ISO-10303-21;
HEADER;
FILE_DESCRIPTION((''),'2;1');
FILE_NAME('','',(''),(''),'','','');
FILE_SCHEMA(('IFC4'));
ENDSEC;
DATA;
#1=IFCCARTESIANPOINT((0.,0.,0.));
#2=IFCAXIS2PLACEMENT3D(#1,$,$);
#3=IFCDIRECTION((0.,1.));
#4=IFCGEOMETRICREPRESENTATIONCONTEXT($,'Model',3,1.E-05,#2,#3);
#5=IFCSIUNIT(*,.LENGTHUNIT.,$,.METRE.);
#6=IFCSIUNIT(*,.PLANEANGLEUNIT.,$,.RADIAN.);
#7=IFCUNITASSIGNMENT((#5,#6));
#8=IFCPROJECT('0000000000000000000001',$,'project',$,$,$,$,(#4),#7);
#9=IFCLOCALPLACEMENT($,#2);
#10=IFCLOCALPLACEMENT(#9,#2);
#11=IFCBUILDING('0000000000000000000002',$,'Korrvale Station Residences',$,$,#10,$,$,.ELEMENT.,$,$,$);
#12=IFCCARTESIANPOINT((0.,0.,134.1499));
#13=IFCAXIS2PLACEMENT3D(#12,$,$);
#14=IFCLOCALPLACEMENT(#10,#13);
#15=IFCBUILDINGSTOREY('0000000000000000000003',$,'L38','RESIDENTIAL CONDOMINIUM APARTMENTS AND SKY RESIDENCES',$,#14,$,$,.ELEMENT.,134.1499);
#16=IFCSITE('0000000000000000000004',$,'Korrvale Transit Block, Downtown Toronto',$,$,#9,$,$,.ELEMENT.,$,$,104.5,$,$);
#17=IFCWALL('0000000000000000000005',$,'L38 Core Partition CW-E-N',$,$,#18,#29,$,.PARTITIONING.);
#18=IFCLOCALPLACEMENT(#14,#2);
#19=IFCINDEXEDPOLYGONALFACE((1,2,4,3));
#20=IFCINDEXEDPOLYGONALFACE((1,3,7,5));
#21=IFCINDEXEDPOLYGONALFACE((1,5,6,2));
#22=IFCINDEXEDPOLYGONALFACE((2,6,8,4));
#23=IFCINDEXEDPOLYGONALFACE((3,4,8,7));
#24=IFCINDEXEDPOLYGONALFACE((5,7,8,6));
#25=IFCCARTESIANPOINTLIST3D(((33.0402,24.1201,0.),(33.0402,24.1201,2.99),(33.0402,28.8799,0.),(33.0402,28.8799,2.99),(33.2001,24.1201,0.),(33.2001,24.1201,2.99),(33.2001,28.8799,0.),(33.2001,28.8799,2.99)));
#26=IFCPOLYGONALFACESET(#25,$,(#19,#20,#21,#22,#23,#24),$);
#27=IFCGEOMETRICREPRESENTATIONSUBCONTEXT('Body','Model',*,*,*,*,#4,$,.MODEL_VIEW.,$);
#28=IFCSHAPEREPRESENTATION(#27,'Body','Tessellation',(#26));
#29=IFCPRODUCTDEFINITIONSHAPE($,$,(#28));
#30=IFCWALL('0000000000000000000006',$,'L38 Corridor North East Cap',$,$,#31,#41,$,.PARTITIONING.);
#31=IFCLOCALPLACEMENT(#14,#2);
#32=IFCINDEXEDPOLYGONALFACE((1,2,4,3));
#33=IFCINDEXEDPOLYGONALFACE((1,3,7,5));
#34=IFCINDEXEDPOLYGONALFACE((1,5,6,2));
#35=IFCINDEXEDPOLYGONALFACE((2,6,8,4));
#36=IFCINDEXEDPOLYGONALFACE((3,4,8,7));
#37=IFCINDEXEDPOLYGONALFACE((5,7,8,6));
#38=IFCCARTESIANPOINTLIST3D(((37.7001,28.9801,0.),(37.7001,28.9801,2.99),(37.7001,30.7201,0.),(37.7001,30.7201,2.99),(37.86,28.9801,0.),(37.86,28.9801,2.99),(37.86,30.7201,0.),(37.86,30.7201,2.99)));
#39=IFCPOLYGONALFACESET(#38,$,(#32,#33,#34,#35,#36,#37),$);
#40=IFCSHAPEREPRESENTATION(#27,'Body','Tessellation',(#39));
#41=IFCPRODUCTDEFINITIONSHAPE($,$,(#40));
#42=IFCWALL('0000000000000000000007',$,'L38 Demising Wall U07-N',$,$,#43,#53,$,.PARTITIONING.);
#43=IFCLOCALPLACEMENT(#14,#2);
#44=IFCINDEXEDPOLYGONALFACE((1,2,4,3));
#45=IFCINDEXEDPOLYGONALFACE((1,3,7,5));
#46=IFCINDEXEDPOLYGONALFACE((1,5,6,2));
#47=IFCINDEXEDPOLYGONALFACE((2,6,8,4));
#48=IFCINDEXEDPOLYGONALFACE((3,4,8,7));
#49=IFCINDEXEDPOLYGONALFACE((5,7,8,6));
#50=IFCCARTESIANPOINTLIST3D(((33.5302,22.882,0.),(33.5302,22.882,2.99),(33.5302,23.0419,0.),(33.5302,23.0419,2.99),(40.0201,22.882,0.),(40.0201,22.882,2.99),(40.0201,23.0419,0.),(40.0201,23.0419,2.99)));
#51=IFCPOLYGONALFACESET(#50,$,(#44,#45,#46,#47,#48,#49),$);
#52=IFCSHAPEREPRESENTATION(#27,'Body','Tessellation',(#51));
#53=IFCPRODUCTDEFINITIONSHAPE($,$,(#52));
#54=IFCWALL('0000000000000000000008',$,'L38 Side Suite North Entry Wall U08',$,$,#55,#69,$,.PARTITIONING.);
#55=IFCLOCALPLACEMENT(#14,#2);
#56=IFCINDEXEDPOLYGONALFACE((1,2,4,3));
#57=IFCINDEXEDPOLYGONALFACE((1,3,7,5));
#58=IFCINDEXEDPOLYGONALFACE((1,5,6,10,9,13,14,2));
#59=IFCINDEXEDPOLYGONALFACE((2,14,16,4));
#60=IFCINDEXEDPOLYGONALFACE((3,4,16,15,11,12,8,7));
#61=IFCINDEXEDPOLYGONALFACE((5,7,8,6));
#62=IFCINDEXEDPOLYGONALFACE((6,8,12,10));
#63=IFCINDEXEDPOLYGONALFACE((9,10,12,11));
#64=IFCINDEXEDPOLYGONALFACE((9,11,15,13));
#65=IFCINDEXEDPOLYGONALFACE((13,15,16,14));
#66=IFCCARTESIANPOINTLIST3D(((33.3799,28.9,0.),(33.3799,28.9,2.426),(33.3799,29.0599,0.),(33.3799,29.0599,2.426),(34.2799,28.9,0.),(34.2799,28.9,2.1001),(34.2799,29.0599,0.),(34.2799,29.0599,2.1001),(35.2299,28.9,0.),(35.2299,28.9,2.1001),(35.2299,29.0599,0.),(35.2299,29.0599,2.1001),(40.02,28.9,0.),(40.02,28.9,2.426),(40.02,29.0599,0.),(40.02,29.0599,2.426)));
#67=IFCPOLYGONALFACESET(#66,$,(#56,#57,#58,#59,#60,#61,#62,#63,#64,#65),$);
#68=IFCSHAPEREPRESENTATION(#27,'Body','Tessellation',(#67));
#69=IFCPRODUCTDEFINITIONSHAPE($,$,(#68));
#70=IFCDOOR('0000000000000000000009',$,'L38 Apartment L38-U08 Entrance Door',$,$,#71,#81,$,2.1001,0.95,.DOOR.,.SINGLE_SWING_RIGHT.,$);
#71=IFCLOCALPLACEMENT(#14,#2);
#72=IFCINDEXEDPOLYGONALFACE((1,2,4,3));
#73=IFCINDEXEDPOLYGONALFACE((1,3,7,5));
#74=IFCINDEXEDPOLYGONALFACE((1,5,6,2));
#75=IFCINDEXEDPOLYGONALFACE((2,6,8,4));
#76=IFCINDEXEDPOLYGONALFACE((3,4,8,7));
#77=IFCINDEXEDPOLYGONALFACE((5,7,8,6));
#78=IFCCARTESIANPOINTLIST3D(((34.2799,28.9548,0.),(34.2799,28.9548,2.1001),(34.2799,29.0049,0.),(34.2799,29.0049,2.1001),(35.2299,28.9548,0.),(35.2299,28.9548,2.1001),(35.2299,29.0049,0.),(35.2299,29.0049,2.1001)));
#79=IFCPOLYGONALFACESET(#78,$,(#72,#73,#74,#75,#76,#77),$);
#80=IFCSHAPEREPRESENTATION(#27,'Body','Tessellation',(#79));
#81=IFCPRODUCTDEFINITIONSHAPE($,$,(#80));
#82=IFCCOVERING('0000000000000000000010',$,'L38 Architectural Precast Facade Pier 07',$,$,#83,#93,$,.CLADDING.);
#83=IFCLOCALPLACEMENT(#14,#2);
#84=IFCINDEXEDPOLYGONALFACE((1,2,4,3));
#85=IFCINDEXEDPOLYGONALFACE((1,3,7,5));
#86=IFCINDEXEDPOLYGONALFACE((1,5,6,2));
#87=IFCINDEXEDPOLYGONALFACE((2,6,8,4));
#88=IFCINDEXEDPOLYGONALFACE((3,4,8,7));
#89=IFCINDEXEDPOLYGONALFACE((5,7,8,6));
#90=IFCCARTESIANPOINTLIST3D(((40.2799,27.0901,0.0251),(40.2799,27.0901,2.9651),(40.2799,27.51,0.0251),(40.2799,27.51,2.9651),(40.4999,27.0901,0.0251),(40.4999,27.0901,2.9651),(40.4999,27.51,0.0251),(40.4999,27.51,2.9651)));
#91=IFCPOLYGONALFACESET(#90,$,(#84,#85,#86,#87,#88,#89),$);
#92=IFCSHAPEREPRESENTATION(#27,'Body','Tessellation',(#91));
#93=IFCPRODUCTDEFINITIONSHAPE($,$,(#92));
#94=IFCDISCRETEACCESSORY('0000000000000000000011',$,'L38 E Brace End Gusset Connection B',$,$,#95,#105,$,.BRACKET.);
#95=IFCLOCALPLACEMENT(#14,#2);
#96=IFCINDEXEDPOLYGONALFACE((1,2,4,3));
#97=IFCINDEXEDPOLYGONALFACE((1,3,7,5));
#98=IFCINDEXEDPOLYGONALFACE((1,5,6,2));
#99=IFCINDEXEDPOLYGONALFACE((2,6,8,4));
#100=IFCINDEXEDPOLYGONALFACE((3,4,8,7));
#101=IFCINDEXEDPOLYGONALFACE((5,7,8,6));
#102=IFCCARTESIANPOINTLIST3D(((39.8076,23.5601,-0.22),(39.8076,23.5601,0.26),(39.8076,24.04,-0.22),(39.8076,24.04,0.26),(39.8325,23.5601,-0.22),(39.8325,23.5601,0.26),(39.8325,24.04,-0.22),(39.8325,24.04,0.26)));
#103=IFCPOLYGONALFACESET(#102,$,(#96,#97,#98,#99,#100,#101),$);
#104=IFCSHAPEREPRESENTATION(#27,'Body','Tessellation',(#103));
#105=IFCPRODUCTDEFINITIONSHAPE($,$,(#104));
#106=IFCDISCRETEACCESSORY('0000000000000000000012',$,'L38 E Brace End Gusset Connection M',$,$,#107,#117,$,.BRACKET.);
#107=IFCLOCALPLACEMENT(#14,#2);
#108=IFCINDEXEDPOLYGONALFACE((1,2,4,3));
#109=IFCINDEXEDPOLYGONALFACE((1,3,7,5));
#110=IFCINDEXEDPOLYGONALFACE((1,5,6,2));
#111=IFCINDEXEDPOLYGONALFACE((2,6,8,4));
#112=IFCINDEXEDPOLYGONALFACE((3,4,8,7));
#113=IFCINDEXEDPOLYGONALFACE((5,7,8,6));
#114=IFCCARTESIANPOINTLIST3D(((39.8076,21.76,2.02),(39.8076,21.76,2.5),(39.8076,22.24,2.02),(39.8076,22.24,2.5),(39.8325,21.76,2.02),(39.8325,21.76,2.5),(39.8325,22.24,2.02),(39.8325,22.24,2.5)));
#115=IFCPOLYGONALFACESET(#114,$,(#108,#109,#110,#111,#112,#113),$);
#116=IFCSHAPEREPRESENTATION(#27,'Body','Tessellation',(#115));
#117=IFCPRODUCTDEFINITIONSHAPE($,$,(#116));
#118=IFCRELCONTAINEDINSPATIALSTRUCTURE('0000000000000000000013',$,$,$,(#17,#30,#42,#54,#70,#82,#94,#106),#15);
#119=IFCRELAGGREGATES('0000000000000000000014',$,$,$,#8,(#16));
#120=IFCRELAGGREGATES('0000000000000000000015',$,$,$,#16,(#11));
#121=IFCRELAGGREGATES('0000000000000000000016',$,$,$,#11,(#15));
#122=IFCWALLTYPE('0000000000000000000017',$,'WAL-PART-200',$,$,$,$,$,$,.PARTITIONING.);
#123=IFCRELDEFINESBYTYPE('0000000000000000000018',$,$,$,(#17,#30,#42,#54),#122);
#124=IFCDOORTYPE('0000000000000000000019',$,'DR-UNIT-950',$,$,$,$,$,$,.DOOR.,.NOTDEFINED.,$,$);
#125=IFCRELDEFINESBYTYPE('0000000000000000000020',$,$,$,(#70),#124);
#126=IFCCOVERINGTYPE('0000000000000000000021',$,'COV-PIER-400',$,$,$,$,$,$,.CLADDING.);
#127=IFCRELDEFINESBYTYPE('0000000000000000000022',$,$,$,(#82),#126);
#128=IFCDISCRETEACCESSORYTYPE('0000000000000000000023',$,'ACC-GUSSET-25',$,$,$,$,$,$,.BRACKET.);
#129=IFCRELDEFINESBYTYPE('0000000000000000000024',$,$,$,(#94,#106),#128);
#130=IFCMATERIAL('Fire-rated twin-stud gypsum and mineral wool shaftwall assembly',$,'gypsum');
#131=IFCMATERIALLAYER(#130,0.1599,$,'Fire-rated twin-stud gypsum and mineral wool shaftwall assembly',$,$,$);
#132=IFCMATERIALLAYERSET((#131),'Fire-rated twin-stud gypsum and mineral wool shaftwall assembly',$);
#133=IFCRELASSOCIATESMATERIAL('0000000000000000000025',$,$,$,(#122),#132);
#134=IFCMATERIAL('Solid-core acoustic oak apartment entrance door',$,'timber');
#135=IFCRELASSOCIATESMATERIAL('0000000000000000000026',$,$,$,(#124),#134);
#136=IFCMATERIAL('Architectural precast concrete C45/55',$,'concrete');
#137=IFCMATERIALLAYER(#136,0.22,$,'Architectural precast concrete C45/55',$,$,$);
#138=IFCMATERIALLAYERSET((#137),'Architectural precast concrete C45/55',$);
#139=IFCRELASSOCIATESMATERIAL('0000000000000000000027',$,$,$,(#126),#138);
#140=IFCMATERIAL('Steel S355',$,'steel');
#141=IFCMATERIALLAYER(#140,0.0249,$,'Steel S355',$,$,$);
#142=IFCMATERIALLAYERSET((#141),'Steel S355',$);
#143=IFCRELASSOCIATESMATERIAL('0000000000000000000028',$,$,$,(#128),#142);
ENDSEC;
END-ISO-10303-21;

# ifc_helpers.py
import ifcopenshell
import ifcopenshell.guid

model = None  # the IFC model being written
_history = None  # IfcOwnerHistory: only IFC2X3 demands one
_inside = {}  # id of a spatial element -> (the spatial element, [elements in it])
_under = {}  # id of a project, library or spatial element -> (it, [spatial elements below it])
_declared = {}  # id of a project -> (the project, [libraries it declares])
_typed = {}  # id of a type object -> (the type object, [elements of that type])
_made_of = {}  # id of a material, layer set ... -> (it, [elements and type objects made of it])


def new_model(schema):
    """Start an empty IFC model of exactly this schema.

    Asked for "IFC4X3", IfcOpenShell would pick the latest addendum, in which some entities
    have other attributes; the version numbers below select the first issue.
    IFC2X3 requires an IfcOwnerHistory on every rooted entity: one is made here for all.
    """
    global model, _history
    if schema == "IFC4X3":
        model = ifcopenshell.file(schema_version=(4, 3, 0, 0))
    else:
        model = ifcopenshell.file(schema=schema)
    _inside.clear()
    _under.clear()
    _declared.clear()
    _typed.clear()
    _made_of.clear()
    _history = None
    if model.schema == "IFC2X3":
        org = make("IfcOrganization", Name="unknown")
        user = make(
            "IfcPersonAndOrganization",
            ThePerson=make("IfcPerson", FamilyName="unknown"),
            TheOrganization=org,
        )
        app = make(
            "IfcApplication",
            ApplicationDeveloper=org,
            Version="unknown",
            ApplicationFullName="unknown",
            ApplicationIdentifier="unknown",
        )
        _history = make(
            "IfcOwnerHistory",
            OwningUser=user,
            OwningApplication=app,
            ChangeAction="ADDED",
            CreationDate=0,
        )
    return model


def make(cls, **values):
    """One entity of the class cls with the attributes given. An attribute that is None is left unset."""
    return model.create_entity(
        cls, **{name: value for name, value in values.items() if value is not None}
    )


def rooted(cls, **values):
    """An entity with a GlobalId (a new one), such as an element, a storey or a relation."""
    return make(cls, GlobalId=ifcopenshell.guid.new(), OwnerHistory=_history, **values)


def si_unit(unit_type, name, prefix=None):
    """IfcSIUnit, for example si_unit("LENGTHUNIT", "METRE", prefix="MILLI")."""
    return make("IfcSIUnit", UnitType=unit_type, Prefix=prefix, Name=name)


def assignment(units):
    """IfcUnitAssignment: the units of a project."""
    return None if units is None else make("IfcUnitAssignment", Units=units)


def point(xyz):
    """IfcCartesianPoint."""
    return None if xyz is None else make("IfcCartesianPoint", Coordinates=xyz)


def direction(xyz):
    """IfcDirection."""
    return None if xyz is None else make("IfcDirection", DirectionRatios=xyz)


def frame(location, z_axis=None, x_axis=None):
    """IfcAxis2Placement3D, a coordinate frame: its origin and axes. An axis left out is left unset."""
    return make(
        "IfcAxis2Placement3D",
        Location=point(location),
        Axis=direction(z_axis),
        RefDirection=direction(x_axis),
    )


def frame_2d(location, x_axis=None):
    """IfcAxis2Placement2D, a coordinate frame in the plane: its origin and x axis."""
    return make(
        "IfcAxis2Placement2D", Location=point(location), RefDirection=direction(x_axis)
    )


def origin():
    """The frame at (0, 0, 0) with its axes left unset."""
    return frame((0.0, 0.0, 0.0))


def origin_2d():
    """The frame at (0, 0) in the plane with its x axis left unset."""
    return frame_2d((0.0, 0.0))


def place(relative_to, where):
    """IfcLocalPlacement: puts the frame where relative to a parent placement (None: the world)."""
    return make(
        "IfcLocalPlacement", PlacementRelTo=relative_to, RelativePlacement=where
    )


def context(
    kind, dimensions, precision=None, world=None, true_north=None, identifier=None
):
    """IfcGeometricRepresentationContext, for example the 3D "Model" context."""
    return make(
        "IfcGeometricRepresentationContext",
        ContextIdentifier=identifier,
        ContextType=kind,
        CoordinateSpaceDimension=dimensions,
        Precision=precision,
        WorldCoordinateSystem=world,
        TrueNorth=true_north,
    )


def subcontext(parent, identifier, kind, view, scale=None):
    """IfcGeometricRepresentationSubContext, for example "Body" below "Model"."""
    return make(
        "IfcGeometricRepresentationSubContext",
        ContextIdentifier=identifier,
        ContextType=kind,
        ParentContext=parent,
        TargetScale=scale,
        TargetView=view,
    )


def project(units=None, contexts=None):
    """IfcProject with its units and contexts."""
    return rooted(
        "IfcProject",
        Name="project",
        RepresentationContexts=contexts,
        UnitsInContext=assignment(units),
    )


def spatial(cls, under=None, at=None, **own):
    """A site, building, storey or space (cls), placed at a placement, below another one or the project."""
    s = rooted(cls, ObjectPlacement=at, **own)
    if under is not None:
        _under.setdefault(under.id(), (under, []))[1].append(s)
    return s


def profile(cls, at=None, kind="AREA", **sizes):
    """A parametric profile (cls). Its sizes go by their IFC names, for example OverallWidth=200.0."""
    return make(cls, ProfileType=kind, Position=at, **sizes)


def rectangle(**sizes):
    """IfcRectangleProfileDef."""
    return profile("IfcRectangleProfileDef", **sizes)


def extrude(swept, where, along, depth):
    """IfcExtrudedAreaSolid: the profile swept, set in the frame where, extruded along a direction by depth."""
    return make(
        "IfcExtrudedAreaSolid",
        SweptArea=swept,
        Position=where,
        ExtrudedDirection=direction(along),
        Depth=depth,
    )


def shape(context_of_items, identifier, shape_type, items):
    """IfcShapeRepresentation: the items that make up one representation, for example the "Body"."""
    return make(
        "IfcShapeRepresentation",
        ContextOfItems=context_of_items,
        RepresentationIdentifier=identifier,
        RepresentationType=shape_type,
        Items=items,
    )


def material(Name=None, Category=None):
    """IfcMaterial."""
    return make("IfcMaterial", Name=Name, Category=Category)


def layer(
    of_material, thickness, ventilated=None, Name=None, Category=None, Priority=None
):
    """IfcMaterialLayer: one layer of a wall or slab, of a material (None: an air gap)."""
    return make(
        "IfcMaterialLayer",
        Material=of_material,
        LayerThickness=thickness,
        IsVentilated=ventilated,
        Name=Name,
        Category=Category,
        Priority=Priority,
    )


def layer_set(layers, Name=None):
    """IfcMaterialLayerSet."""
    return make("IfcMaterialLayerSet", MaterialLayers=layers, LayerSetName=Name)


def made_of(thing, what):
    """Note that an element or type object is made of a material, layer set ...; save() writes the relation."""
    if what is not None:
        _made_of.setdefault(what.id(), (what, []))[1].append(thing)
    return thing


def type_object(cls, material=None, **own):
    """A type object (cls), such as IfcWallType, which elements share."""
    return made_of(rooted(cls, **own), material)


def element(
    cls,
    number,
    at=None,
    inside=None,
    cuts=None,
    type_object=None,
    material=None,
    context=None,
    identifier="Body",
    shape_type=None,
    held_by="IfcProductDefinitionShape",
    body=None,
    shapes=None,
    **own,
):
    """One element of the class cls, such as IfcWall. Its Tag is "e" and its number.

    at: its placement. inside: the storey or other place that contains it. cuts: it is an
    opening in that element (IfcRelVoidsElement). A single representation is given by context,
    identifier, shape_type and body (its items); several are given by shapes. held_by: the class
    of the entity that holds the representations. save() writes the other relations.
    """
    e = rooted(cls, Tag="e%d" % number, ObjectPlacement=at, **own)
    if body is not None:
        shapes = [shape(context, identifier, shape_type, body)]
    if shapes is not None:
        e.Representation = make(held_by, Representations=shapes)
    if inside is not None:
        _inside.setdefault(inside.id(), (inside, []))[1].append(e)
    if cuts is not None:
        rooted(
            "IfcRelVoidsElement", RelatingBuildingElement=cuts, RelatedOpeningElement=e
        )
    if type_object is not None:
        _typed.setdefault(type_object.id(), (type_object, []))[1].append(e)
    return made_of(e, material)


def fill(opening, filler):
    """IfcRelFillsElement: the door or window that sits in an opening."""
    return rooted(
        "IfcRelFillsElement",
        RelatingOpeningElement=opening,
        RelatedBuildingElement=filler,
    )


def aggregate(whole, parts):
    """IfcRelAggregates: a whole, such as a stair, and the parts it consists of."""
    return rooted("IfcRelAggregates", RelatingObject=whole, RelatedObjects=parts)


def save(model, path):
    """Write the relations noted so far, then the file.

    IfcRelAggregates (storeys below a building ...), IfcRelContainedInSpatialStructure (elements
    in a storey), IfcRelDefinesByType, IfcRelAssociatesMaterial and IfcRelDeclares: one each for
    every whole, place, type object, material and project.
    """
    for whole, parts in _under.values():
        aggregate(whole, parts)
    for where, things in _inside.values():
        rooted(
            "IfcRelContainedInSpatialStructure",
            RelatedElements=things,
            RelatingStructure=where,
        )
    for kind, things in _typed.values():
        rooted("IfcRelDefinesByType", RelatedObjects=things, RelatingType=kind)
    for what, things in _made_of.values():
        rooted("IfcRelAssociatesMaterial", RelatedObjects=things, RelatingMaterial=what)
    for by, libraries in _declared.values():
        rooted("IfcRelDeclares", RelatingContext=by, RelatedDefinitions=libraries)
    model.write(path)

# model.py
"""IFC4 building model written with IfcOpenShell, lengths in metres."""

from ifc_helpers import new_model, si_unit, direction, frame, frame_2d, origin, origin_2d, place, context, subcontext, project, spatial, rectangle, extrude, material, layer, layer_set, type_object, element, fill, save


model = new_model("IFC4")

# Units and contexts
model_context = context("Model", 3, precision=1e-05, world=origin(), true_north=direction((0.0, 1.0)))
body_context = subcontext(model_context, "Body", "Model", "MODEL_VIEW")
ifc_project = project(units=[si_unit("LENGTHUNIT", "METRE"), si_unit("PLANEANGLEUNIT", "RADIAN")], contexts=[model_context])

# Site, building, storey
site_placement = place(None, origin())
site = spatial("IfcSite", under=ifc_project, at=site_placement, Name="Korrvale Transit Block, Downtown Toronto", CompositionType="ELEMENT", RefElevation=104.5)
building_placement = place(site_placement, origin())
building = spatial("IfcBuilding", under=site, at=building_placement, Name="Korrvale Station Residences", CompositionType="ELEMENT")
storey_placement = place(building_placement, frame((0.0, 0.0, 134.1499)))
storey = spatial("IfcBuildingStorey", under=building, at=storey_placement, Name="L38", Description="RESIDENTIAL CONDOMINIUM APARTMENTS AND SKY RESIDENCES", CompositionType="ELEMENT", Elevation=134.1499)

# Shared definitions
ifc_material_1 = material(Name="Steel S355", Category="steel")

# Walls
ifc_material_2 = material(Name="Fire-rated twin-stud gypsum and mineral wool shaftwall assembly", Category="gypsum")
ifc_layer_1 = layer(ifc_material_2, 0.1599, Name="Fire-rated twin-stud gypsum and mineral wool shaftwall assembly")
ifc_layer_set_1 = layer_set([ifc_layer_1], Name="Fire-rated twin-stud gypsum and mineral wool shaftwall assembly")
wall_type_1 = type_object("IfcWallType", Name="WAL-PART-200", PredefinedType="PARTITIONING", material=ifc_layer_set_1)
wall_1_placement = place(storey_placement, frame((33.1201, 24.1201, 0.0), z_axis=(0.0, 0.0, 1.0), x_axis=(0.0, 1.0, 0.0)))
element("IfcWall", 1, at=wall_1_placement, inside=storey, type_object=wall_type_1, Name="L38 Core Partition CW-E-N", PredefinedType="PARTITIONING", context=body_context, shape_type="SweptSolid", body=[
    extrude(rectangle(XDim=4.7598, YDim=0.1599, at=frame_2d((2.3799, 0.0))), origin(), (0.0, 0.0, 1.0), 2.99),
])
wall_2_placement = place(storey_placement, frame((37.78, 28.98, 0.0), z_axis=(0.0, 0.0, 1.0), x_axis=(0.0, 1.0, 0.0)))
element("IfcWall", 2, at=wall_2_placement, inside=storey, type_object=wall_type_1, Name="L38 Corridor North East Cap", PredefinedType="PARTITIONING", context=body_context, shape_type="SweptSolid", body=[
    extrude(rectangle(XDim=1.74, YDim=0.1599, at=frame_2d((0.8701, 0.0))), origin(), (0.0, 0.0, 1.0), 2.99),
])
wall_3_placement = place(storey_placement, frame((33.53, 22.9619, 0.0), z_axis=(0.0, 0.0, 1.0), x_axis=(1.0, 0.0, 0.0)))
element("IfcWall", 3, at=wall_3_placement, inside=storey, type_object=wall_type_1, Name="L38 Demising Wall U07-N", PredefinedType="PARTITIONING", context=body_context, shape_type="SweptSolid", body=[
    extrude(rectangle(XDim=6.49, YDim=0.1599, at=frame_2d((3.2451, 0.0))), origin(), (0.0, 0.0, 1.0), 2.99),
])

# Wall, opening, door
wall_4_placement = place(storey_placement, frame((33.3799, 28.98, 0.0), z_axis=(0.0, 0.0, 1.0), x_axis=(1.0, 0.0, 0.0)))
wall_4 = element("IfcWall", 4, at=wall_4_placement, inside=storey, type_object=wall_type_1, Name="L38 Side Suite North Entry Wall U08", PredefinedType="PARTITIONING", context=body_context, shape_type="SweptSolid", body=[
    extrude(rectangle(XDim=6.6401, YDim=0.1599, at=frame_2d((3.3201, 0.0))), origin(), (0.0, 0.0, 1.0), 2.426),
])
opening_1_placement = place(wall_4_placement, frame((0.8999, 0.0, 0.0)))
opening_1 = element("IfcOpeningElement", 5, at=opening_1_placement, cuts=wall_4, PredefinedType="OPENING", context=body_context, shape_type="SweptSolid", body=[
    extrude(rectangle(XDim=0.95, YDim=2.1001, at=frame_2d((0.4751, 1.05))), frame((0.0, 0.0898, 0.0), z_axis=(0.0, -1.0, 0.0), x_axis=(1.0, 0.0, 0.0)), (0.0, 0.0, 1.0), 0.1799),
])
ifc_material_3 = material(Name="Solid-core acoustic oak apartment entrance door", Category="timber")
door_type_1 = type_object("IfcDoorType", Name="DR-UNIT-950", OperationType="NOTDEFINED", PredefinedType="DOOR", material=ifc_material_3)
door_1_placement = place(opening_1_placement, origin())
door_1 = element("IfcDoor", 6, at=door_1_placement, inside=storey, type_object=door_type_1, Name="L38 Apartment L38-U08 Entrance Door", OperationType="SINGLE_SWING_RIGHT", OverallHeight=2.1001, OverallWidth=0.95, PredefinedType="DOOR", context=body_context, shape_type="SweptSolid", body=[
    extrude(rectangle(XDim=0.95, YDim=2.1001, at=frame_2d((0.4751, 1.05))), frame((0.0, 0.0249, 0.0), z_axis=(0.0, -1.0, 0.0), x_axis=(1.0, 0.0, 0.0)), (0.0, 0.0, 1.0), 0.05),
])
fill(opening_1, door_1)

# Covering
ifc_material_4 = material(Name="Architectural precast concrete C45/55", Category="concrete")
ifc_layer_2 = layer(ifc_material_4, 0.22, Name="Architectural precast concrete C45/55")
ifc_layer_set_2 = layer_set([ifc_layer_2], Name="Architectural precast concrete C45/55")
covering_type = type_object("IfcCoveringType", Name="COV-PIER-400", PredefinedType="CLADDING", material=ifc_layer_set_2)
covering_placement = place(storey_placement, frame((40.3899, 27.3, 0.0251), z_axis=(0.0, 0.0, 1.0), x_axis=(0.0, 1.0, 0.0)))
element("IfcCovering", 7, at=covering_placement, inside=storey, type_object=covering_type, Name="L38 Architectural Precast Facade Pier 07", PredefinedType="CLADDING", context=body_context, shape_type="SweptSolid", body=[
    extrude(rectangle(XDim=0.4199, YDim=0.22, at=origin_2d()), origin(), (0.0, 0.0, 1.0), 2.9399),
])

# Discrete accessories
ifc_layer_3 = layer(ifc_material_1, 0.0249, Name="Steel S355")
ifc_layer_set_3 = layer_set([ifc_layer_3], Name="Steel S355")
discrete_accessory_type = type_object("IfcDiscreteAccessoryType", Name="ACC-GUSSET-25", PredefinedType="BRACKET", material=ifc_layer_set_3)
for number, where, z_axis, x_axis, name in (
    (8, (39.8201, 23.8, -0.22), (0.0, 0.0, 1.0), (0.0, 1.0, 0.0), "L38 E Brace End Gusset Connection B"),
    (9, (39.8201, 22.0, 2.02), (0.0, 0.0, 1.0), (0.0, 1.0, 0.0), "L38 E Brace End Gusset Connection M"),
):
    element("IfcDiscreteAccessory", number, at=place(storey_placement, frame(where, z_axis=z_axis, x_axis=x_axis)), inside=storey, type_object=discrete_accessory_type, Name=name, PredefinedType="BRACKET", context=body_context, shape_type="SweptSolid", body=[
        extrude(rectangle(XDim=0.48, YDim=0.0249, at=origin_2d()), origin(), (0.0, 0.0, 1.0), 0.48),
    ])

save(model, "model.ifc")
